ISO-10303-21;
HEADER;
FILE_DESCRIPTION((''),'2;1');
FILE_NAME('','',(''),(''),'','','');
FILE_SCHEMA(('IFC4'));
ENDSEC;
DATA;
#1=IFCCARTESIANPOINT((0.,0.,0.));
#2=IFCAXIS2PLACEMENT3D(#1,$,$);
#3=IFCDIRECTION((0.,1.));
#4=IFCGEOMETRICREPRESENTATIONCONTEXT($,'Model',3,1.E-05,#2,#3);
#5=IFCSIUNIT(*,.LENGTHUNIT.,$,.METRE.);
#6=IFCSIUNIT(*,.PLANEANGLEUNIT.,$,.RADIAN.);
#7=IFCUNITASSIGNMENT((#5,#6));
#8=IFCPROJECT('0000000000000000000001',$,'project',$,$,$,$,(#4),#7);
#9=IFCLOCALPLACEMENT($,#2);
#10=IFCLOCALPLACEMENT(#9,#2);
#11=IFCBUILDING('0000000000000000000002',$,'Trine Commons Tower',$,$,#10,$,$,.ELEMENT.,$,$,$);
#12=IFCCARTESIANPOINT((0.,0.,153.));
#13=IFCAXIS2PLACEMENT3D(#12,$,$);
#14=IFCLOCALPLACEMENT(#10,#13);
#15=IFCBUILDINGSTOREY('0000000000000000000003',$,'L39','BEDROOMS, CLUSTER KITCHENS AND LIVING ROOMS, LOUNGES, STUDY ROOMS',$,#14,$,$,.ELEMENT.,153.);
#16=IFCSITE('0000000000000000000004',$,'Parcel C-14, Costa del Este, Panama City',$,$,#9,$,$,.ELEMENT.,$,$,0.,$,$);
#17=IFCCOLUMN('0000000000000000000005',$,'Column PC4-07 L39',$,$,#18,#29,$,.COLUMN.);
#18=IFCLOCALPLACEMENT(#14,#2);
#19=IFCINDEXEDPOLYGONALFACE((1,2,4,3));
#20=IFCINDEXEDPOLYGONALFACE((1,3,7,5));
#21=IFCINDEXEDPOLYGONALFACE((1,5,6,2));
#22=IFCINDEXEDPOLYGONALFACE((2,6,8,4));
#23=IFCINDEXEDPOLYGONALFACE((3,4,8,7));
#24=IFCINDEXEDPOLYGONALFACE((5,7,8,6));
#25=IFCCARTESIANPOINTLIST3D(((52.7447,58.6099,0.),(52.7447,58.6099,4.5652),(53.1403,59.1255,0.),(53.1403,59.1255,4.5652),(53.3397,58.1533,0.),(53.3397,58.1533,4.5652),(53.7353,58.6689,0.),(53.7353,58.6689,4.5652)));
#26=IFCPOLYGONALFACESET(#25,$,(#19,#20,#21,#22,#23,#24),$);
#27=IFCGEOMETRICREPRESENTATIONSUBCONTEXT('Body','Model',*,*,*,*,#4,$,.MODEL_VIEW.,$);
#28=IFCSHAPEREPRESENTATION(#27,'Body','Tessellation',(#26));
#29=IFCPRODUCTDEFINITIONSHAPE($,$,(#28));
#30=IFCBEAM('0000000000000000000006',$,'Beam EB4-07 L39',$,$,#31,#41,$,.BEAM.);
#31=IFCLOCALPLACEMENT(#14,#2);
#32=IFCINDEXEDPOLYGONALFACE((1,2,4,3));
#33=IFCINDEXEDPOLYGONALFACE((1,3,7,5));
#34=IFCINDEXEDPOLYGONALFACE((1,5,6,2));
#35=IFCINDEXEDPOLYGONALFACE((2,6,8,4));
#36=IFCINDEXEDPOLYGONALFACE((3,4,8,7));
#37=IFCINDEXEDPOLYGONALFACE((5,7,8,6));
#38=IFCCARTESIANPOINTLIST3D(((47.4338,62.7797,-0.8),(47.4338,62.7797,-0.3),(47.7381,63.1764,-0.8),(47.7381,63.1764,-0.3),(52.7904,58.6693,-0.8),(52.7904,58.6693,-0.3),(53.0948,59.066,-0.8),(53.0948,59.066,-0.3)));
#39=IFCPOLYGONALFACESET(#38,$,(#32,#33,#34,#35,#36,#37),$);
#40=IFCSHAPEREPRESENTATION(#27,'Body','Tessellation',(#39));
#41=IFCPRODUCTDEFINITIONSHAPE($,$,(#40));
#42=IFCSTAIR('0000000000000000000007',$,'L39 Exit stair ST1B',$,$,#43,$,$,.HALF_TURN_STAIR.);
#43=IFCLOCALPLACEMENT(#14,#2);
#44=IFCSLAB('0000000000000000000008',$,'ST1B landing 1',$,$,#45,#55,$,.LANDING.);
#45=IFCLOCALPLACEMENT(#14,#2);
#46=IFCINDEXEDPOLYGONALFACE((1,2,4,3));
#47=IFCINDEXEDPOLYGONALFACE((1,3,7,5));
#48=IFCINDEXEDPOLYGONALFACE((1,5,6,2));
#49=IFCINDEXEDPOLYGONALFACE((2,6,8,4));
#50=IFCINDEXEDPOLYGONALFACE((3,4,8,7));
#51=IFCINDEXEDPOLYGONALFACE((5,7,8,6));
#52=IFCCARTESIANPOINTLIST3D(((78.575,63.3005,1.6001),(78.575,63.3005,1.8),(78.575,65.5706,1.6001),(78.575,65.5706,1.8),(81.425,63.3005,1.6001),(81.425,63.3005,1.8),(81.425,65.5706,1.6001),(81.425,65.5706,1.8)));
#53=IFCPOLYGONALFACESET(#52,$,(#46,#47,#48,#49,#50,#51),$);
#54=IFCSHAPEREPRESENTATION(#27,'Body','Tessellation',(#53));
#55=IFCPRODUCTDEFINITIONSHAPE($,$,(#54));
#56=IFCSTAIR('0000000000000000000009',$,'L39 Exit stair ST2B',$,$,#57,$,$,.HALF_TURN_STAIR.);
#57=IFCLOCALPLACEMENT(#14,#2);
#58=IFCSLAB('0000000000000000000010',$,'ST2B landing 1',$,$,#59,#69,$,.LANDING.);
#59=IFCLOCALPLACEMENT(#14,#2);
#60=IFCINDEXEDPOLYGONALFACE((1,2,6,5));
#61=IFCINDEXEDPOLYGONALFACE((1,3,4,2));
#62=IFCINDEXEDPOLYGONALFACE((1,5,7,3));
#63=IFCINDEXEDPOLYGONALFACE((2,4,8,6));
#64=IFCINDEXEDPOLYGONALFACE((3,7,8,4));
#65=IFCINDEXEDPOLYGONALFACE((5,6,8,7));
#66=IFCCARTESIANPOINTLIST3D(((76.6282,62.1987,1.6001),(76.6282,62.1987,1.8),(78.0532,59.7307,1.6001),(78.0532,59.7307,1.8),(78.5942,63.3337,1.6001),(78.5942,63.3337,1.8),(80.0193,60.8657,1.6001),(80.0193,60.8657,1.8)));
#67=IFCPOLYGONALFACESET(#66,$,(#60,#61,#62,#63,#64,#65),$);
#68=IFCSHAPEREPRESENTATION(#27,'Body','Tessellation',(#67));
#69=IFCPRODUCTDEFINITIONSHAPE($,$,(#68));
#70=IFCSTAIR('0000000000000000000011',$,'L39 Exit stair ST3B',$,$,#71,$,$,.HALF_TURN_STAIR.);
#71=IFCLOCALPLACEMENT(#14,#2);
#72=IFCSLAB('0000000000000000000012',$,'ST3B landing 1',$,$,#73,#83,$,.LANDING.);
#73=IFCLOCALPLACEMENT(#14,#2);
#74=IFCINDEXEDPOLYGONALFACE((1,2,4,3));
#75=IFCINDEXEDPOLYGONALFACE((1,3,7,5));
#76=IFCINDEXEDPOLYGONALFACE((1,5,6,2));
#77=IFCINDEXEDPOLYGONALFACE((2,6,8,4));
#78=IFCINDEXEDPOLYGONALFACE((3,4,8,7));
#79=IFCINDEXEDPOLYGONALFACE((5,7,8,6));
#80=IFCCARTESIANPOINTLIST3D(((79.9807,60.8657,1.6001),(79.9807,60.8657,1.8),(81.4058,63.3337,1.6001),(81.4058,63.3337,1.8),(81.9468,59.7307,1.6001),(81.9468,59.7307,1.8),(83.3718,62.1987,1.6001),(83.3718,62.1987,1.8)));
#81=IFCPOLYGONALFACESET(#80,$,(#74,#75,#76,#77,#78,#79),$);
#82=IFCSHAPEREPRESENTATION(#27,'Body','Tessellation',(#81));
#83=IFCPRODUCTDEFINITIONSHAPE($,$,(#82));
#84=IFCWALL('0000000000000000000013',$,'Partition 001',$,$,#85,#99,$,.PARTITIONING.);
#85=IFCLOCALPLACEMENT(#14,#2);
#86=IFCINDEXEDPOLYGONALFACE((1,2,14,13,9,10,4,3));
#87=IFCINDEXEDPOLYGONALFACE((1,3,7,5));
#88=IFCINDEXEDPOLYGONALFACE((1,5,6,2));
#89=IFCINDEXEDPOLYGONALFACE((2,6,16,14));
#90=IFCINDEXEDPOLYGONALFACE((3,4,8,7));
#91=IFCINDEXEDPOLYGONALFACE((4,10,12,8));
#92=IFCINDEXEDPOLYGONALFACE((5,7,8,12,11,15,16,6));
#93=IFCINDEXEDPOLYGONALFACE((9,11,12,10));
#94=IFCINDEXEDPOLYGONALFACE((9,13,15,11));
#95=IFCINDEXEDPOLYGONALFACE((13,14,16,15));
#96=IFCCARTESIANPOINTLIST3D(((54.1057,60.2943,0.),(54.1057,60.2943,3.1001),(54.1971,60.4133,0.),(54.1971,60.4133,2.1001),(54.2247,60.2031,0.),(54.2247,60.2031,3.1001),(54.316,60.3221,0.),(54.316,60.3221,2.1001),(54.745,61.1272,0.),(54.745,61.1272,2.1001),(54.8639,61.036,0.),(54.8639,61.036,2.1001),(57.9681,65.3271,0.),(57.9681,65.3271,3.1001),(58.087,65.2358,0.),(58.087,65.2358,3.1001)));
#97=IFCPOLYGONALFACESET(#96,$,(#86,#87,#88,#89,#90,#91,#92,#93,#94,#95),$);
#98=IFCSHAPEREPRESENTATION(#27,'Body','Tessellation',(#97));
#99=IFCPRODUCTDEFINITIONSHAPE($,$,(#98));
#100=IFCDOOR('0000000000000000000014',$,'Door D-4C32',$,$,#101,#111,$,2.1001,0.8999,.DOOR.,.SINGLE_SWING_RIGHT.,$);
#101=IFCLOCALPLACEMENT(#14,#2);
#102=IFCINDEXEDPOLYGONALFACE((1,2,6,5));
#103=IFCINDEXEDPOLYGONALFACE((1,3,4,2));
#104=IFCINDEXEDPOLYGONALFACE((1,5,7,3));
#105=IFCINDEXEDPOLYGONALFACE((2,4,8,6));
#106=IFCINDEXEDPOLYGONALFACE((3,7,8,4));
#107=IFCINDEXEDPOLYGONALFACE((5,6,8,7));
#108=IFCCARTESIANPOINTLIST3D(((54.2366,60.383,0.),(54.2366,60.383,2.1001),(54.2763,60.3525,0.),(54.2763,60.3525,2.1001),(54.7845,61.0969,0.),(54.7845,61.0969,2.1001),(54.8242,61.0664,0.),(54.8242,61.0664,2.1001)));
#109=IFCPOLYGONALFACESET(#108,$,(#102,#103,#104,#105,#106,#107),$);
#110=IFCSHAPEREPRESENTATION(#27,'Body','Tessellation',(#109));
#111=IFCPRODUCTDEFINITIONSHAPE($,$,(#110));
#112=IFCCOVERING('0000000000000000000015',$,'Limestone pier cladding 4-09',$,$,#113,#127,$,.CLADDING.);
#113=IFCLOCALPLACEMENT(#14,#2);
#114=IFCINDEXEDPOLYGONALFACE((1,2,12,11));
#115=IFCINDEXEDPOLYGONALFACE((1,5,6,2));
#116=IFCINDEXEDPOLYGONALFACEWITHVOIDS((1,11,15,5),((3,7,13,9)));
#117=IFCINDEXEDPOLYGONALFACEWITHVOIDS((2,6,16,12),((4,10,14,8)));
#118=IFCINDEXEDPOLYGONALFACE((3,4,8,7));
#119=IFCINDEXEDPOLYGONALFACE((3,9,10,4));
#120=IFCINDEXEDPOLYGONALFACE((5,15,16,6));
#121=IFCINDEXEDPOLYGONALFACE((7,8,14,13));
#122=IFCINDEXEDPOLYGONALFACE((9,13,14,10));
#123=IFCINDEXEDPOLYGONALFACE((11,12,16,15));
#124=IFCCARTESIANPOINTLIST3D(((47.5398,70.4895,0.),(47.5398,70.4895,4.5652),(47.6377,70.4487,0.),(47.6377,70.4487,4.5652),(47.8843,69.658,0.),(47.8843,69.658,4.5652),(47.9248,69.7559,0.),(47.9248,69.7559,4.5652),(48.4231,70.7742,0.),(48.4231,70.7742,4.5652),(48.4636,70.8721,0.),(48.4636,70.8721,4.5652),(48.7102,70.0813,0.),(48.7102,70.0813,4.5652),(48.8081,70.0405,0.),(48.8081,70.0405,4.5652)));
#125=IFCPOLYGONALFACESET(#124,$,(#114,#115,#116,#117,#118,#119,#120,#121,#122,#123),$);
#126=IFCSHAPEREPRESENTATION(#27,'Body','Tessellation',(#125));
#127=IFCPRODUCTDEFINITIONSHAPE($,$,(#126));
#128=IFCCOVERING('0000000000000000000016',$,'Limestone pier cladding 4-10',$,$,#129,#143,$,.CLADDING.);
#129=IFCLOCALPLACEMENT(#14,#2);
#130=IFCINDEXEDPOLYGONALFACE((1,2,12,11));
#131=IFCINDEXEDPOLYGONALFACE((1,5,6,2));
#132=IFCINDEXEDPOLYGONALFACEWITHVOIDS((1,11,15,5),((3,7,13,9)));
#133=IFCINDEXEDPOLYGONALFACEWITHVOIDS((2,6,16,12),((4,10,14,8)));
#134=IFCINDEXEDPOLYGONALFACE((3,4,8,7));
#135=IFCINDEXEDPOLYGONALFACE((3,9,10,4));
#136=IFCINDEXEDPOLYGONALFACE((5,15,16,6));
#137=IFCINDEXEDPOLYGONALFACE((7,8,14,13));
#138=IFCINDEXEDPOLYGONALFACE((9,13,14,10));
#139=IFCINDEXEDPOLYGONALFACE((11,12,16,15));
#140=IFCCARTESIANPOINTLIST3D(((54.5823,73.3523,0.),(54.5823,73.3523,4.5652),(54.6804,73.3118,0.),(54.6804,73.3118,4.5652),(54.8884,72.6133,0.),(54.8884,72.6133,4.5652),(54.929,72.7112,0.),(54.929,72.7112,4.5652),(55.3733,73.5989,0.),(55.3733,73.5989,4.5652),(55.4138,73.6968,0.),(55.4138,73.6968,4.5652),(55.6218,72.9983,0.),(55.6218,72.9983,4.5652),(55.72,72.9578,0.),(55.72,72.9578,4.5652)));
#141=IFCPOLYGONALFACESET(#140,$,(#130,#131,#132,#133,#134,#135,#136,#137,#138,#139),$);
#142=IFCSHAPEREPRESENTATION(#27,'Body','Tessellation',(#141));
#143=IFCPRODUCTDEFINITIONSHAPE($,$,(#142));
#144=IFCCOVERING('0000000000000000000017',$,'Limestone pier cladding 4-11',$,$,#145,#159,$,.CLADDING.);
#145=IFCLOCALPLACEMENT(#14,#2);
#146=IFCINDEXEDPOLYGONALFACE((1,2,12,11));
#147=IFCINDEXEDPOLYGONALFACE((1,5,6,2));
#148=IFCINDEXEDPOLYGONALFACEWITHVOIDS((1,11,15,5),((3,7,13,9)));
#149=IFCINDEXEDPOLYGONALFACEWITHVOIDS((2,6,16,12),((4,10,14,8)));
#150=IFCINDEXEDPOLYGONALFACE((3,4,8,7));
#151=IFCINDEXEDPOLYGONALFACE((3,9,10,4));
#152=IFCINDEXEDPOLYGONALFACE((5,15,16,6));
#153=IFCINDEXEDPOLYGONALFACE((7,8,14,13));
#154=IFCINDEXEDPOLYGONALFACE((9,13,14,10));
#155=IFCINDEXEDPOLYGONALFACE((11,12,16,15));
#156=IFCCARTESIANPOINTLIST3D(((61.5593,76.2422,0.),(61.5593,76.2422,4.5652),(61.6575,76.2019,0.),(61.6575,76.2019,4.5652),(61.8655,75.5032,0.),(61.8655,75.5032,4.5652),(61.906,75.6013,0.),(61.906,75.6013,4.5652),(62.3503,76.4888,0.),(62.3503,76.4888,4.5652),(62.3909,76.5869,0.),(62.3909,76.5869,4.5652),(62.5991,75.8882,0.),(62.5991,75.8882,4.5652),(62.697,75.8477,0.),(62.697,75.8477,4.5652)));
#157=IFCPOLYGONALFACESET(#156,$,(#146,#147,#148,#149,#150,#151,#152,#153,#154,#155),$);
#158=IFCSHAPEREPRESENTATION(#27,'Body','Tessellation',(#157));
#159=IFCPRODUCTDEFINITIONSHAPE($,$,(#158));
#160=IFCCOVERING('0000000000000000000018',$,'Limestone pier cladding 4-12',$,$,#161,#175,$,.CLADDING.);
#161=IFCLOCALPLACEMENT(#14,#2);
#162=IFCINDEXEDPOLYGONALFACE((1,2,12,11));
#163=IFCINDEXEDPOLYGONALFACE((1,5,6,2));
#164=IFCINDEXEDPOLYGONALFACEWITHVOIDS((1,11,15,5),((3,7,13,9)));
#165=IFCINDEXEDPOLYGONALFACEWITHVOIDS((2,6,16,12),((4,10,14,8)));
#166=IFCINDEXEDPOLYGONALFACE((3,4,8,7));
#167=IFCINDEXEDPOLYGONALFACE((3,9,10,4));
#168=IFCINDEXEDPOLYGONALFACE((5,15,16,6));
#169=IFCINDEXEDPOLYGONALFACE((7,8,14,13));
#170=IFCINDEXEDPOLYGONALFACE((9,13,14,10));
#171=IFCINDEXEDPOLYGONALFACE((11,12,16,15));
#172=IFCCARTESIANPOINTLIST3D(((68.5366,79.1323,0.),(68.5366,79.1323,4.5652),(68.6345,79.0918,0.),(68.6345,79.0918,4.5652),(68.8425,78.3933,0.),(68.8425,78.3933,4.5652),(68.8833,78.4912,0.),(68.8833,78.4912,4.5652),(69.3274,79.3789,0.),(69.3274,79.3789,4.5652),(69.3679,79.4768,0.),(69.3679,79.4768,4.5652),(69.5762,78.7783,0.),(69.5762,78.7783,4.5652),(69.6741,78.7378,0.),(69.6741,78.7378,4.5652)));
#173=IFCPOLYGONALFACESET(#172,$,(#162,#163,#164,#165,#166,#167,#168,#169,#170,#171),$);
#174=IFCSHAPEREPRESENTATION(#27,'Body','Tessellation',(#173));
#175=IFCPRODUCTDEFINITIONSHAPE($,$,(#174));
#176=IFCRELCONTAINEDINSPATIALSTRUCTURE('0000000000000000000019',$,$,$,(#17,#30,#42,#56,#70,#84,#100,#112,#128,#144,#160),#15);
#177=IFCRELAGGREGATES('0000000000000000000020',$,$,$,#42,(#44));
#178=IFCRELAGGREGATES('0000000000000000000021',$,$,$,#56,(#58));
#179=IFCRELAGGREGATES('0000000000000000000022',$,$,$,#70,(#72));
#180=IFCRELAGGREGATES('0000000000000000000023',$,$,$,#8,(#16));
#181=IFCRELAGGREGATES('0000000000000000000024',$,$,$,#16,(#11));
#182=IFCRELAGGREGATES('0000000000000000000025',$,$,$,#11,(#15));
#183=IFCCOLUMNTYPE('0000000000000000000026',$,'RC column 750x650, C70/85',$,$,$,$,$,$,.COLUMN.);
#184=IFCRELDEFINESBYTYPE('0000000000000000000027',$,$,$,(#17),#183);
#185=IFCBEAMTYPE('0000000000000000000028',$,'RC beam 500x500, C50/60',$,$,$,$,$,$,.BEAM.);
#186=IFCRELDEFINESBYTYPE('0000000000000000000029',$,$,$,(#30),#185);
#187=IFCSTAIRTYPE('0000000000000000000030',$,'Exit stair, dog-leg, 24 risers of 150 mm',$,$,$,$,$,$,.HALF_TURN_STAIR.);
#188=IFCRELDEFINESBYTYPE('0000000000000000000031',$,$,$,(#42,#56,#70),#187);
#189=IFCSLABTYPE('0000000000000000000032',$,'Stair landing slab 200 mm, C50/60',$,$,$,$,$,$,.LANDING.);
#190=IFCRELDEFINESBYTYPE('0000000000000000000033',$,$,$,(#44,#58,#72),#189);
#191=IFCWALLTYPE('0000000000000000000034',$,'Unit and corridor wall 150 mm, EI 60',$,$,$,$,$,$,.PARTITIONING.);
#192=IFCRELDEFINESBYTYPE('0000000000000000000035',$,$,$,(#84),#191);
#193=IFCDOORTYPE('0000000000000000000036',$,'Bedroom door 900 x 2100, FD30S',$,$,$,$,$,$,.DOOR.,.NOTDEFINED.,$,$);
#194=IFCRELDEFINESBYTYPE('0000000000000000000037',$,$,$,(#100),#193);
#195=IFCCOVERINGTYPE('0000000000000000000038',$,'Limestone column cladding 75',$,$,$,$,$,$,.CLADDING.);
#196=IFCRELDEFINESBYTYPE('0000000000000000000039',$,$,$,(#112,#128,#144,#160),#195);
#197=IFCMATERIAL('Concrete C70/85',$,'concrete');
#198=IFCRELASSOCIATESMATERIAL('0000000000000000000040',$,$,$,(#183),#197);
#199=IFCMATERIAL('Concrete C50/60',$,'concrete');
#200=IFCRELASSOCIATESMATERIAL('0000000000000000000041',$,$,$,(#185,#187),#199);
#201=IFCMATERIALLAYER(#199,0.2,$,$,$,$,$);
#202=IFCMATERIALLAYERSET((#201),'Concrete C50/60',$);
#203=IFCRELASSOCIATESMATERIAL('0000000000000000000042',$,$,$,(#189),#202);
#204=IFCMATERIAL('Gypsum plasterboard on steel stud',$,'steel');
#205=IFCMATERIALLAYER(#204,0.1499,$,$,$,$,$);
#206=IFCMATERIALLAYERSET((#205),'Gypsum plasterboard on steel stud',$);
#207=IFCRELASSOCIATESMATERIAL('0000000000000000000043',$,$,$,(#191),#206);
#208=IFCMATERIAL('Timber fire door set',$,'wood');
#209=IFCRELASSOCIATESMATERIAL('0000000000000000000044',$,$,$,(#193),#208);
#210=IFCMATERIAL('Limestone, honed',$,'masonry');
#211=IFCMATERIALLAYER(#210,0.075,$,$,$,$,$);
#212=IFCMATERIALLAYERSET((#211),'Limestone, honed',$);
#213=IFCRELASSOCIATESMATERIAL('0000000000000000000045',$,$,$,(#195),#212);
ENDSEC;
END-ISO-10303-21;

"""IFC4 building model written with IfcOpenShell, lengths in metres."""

from ifc_helpers import new_model, si_unit, direction, frame, frame_2d, origin, origin_2d, place, context, subcontext, project, spatial, polyline, rectangle, outline, extrude, material, layer, layer_set, material_profile, profile_set, type_object, element, fill, aggregate, save


model = new_model("IFC4")

# Units and contexts
model_context = context("Model", 3, precision=1e-05, world=origin(), true_north=direction((0.0, 1.0)))
body_context = subcontext(model_context, "Body", "Model", "MODEL_VIEW")
ifc_project = project(units=[si_unit("LENGTHUNIT", "METRE"), si_unit("PLANEANGLEUNIT", "RADIAN")], contexts=[model_context])

# Site, building, storey
site_placement = place(None, origin())
site = spatial("IfcSite", under=ifc_project, at=site_placement, Name="Parcel C-14, Costa del Este, Panama City", CompositionType="ELEMENT", RefElevation=0.0)
building_placement = place(site_placement, origin())
building = spatial("IfcBuilding", under=site, at=building_placement, Name="Trine Commons Tower", CompositionType="ELEMENT")
storey_placement = place(building_placement, frame((0.0, 0.0, 153.0)))
storey = spatial("IfcBuildingStorey", under=building, at=storey_placement, Name="L39", Description="BEDROOMS, CLUSTER KITCHENS AND LIVING ROOMS, LOUNGES, STUDY ROOMS", CompositionType="ELEMENT", Elevation=153.0)

# Column
ifc_material_1 = material(Name="Concrete C70/85", Category="concrete")
ifc_material_profile_1 = material_profile(ifc_material_1, rectangle(XDim=0.75, YDim=0.6499, at=origin_2d()), Name="RC 750x650")
ifc_profile_set_1 = profile_set([ifc_material_profile_1], Name="Concrete C70/85")
column_type = type_object("IfcColumnType", Name="RC column 750x650, C70/85", PredefinedType="COLUMN", material=ifc_profile_set_1)
column_placement = place(storey_placement, frame((53.24, 58.6394, 0.0), z_axis=(0.0, 0.0, 1.0), x_axis=(-0.793353, 0.608761, 0.0)))
element("IfcColumn", 1, at=column_placement, inside=storey, type_object=column_type, Name="Column PC4-07 L39", PredefinedType="COLUMN", context=body_context, shape_type="SweptSolid", body=[
    extrude(rectangle(XDim=0.75, YDim=0.6499, at=origin_2d()), origin(), (0.0, 0.0, 1.0), 4.5652),
])

# Beam
ifc_material_2 = material(Name="Concrete C50/60", Category="concrete")
ifc_material_profile_2 = material_profile(ifc_material_2, rectangle(XDim=0.5, YDim=0.5, at=origin_2d()), Name="RC 500x500")
ifc_profile_set_2 = profile_set([ifc_material_profile_2], Name="Concrete C50/60")
beam_type = type_object("IfcBeamType", Name="RC beam 500x500, C50/60", PredefinedType="BEAM", material=ifc_profile_set_2)
beam_placement = place(storey_placement, frame((52.9426, 58.8677, -0.55), z_axis=(-0.793352, 0.608763, 0.0), x_axis=(-0.608763, -0.793352, 0.0)))
element("IfcBeam", 2, at=beam_placement, inside=storey, type_object=beam_type, Name="Beam EB4-07 L39", PredefinedType="BEAM", context=body_context, shape_type="SweptSolid", body=[
    extrude(rectangle(XDim=0.5, YDim=0.5, at=origin_2d()), origin(), (0.0, 0.0, 1.0), 6.752),
])

# Stairs, slabs
stair_type = type_object("IfcStairType", Name="Exit stair, dog-leg, 24 risers of 150 mm", PredefinedType="HALF_TURN_STAIR", material=ifc_material_2)
stair_1_placement = place(storey_placement, origin())
stair_1 = element("IfcStair", 3, at=stair_1_placement, inside=storey, type_object=stair_type, Name="L39 Exit stair ST1B", PredefinedType="HALF_TURN_STAIR")
ifc_layer_1 = layer(ifc_material_2, 0.2)
ifc_layer_set_1 = layer_set([ifc_layer_1], Name="Concrete C50/60")
slab_type = type_object("IfcSlabType", Name="Stair landing slab 200 mm, C50/60", PredefinedType="LANDING", material=ifc_layer_set_1)
slab_1_placement = place(storey_placement, frame((0.0, 0.0, 1.6001)))
slab_1 = element("IfcSlab", 4, at=slab_1_placement, type_object=slab_type, Name="ST1B landing 1", PredefinedType="LANDING", context=body_context, shape_type="SweptSolid", body=[
    extrude(outline(polyline([(78.575, 65.5706), (78.575, 63.3005), (81.425, 63.3005), (81.425, 65.5706), (78.575, 65.5706)])), origin(), (0.0, 0.0, 1.0), 0.2),
])
aggregate(stair_1, [slab_1])
stair_2_placement = place(storey_placement, origin())
stair_2 = element("IfcStair", 5, at=stair_2_placement, inside=storey, type_object=stair_type, Name="L39 Exit stair ST2B", PredefinedType="HALF_TURN_STAIR")
slab_2_placement = place(storey_placement, frame((0.0, 0.0, 1.6001)))
slab_2 = element("IfcSlab", 6, at=slab_2_placement, type_object=slab_type, Name="ST2B landing 1", PredefinedType="LANDING", context=body_context, shape_type="SweptSolid", body=[
    extrude(outline(polyline([(78.0532, 59.7307), (80.0193, 60.8657), (78.5942, 63.3337), (76.6282, 62.1987), (78.0532, 59.7307)])), origin(), (0.0, 0.0, 1.0), 0.2),
])
aggregate(stair_2, [slab_2])
stair_3_placement = place(storey_placement, origin())
stair_3 = element("IfcStair", 7, at=stair_3_placement, inside=storey, type_object=stair_type, Name="L39 Exit stair ST3B", PredefinedType="HALF_TURN_STAIR")
slab_3_placement = place(storey_placement, frame((0.0, 0.0, 1.6001)))
slab_3 = element("IfcSlab", 8, at=slab_3_placement, type_object=slab_type, Name="ST3B landing 1", PredefinedType="LANDING", context=body_context, shape_type="SweptSolid", body=[
    extrude(outline(polyline([(83.3718, 62.1987), (81.4058, 63.3337), (79.9807, 60.8657), (81.9468, 59.7307), (83.3718, 62.1987)])), origin(), (0.0, 0.0, 1.0), 0.2),
])
aggregate(stair_3, [slab_3])

# Wall, opening, door
ifc_material_3 = material(Name="Gypsum plasterboard on steel stud", Category="steel")
ifc_layer_2 = layer(ifc_material_3, 0.1499)
ifc_layer_set_2 = layer_set([ifc_layer_2], Name="Gypsum plasterboard on steel stud")
wall_type = type_object("IfcWallType", Name="Unit and corridor wall 150 mm, EI 60", PredefinedType="PARTITIONING", material=ifc_layer_set_2)
wall_placement = place(storey_placement, frame((54.1653, 60.2488, 0.0), z_axis=(0.0, 0.0, 1.0), x_axis=(0.608818, 0.79331, 0.0)))
wall = element("IfcWall", 9, at=wall_placement, inside=storey, type_object=wall_type, Name="Partition 001", PredefinedType="PARTITIONING", context=body_context, shape_type="SweptSolid", body=[
    extrude(rectangle(XDim=6.344, YDim=0.1499, at=frame_2d((3.1719, 0.0))), origin(), (0.0, 0.0, 1.0), 3.1001),
])
opening_placement = place(wall_placement, frame((0.1499, 0.0, 0.0)))
opening = element("IfcOpeningElement", 10, at=opening_placement, cuts=wall, PredefinedType="OPENING", context=body_context, shape_type="SweptSolid", body=[
    extrude(rectangle(XDim=0.8999, YDim=2.1001, at=frame_2d((0.45, 1.05))), frame((0.0, 0.085, 0.0), z_axis=(0.0, -1.0, 0.0), x_axis=(1.0, 0.0, 0.0)), (0.0, 0.0, 1.0), 0.1699),
])
ifc_material_4 = material(Name="Timber fire door set", Category="wood")
door_type = type_object("IfcDoorType", Name="Bedroom door 900 x 2100, FD30S", OperationType="NOTDEFINED", PredefinedType="DOOR", material=ifc_material_4)
door_placement = place(opening_placement, frame((0.8999, 0.0, 0.0), z_axis=(0.0, 0.0, 1.0), x_axis=(-1.0, 0.0, 0.0)))
door = element("IfcDoor", 11, at=door_placement, inside=storey, type_object=door_type, Name="Door D-4C32", OperationType="SINGLE_SWING_RIGHT", OverallHeight=2.1001, OverallWidth=0.8999, PredefinedType="DOOR", context=body_context, shape_type="SweptSolid", body=[
    extrude(rectangle(XDim=0.8999, YDim=2.1001, at=frame_2d((0.45, 1.05))), frame((0.0, 0.0249, 0.0), z_axis=(0.0, -1.0, 0.0), x_axis=(1.0, 0.0, 0.0)), (0.0, 0.0, 1.0), 0.05),
])
fill(opening, door)

# Coverings
ifc_material_5 = material(Name="Limestone, honed", Category="masonry")
ifc_layer_3 = layer(ifc_material_5, 0.075)
ifc_layer_set_3 = layer_set([ifc_layer_3], Name="Limestone, honed")
covering_type_1 = type_object("IfcCoveringType", Name="Limestone column cladding 75", PredefinedType="CLADDING", material=ifc_layer_set_3)
covering_1_placement = place(storey_placement, origin())
element("IfcCovering", 12, at=covering_1_placement, inside=storey, type_object=covering_type_1, Name="Limestone pier cladding 4-09", PredefinedType="CLADDING", context=body_context, shape_type="SweptSolid", body=[
    extrude(outline(polyline([(48.8081, 70.0405), (48.4636, 70.8721), (47.5398, 70.4895), (47.8843, 69.658), (48.8081, 70.0405)]), holes=[polyline([(48.7102, 70.0813), (48.4231, 70.7742), (47.6377, 70.4487), (47.9248, 69.7559), (48.7102, 70.0813)])]), origin(), (0.0, 0.0, 1.0), 4.5652),
])
covering_2_placement = place(storey_placement, origin())
element("IfcCovering", 13, at=covering_2_placement, inside=storey, type_object=covering_type_1, Name="Limestone pier cladding 4-10", PredefinedType="CLADDING", context=body_context, shape_type="SweptSolid", body=[
    extrude(outline(polyline([(55.72, 72.9578), (55.4138, 73.6968), (54.5823, 73.3523), (54.8884, 72.6133), (55.72, 72.9578)]), holes=[polyline([(55.6218, 72.9983), (55.3733, 73.5989), (54.6804, 73.3118), (54.929, 72.7112), (55.6218, 72.9983)])]), origin(), (0.0, 0.0, 1.0), 4.5652),
])
covering_3_placement = place(storey_placement, origin())
element("IfcCovering", 14, at=covering_3_placement, inside=storey, type_object=covering_type_1, Name="Limestone pier cladding 4-11", PredefinedType="CLADDING", context=body_context, shape_type="SweptSolid", body=[
    extrude(outline(polyline([(62.697, 75.8477), (62.3909, 76.5869), (61.5593, 76.2422), (61.8655, 75.5032), (62.697, 75.8477)]), holes=[polyline([(62.5991, 75.8882), (62.3503, 76.4888), (61.6575, 76.2019), (61.906, 75.6013), (62.5991, 75.8882)])]), origin(), (0.0, 0.0, 1.0), 4.5652),
])
covering_4_placement = place(storey_placement, origin())
element("IfcCovering", 15, at=covering_4_placement, inside=storey, type_object=covering_type_1, Name="Limestone pier cladding 4-12", PredefinedType="CLADDING", context=body_context, shape_type="SweptSolid", body=[
    extrude(outline(polyline([(69.6741, 78.7378), (69.3679, 79.4768), (68.5366, 79.1323), (68.8425, 78.3933), (69.6741, 78.7378)]), holes=[polyline([(69.5762, 78.7783), (69.3274, 79.3789), (68.6345, 79.0918), (68.8833, 78.4912), (69.5762, 78.7783)])]), origin(), (0.0, 0.0, 1.0), 4.5652),
])

save(model, "model.ifc")
